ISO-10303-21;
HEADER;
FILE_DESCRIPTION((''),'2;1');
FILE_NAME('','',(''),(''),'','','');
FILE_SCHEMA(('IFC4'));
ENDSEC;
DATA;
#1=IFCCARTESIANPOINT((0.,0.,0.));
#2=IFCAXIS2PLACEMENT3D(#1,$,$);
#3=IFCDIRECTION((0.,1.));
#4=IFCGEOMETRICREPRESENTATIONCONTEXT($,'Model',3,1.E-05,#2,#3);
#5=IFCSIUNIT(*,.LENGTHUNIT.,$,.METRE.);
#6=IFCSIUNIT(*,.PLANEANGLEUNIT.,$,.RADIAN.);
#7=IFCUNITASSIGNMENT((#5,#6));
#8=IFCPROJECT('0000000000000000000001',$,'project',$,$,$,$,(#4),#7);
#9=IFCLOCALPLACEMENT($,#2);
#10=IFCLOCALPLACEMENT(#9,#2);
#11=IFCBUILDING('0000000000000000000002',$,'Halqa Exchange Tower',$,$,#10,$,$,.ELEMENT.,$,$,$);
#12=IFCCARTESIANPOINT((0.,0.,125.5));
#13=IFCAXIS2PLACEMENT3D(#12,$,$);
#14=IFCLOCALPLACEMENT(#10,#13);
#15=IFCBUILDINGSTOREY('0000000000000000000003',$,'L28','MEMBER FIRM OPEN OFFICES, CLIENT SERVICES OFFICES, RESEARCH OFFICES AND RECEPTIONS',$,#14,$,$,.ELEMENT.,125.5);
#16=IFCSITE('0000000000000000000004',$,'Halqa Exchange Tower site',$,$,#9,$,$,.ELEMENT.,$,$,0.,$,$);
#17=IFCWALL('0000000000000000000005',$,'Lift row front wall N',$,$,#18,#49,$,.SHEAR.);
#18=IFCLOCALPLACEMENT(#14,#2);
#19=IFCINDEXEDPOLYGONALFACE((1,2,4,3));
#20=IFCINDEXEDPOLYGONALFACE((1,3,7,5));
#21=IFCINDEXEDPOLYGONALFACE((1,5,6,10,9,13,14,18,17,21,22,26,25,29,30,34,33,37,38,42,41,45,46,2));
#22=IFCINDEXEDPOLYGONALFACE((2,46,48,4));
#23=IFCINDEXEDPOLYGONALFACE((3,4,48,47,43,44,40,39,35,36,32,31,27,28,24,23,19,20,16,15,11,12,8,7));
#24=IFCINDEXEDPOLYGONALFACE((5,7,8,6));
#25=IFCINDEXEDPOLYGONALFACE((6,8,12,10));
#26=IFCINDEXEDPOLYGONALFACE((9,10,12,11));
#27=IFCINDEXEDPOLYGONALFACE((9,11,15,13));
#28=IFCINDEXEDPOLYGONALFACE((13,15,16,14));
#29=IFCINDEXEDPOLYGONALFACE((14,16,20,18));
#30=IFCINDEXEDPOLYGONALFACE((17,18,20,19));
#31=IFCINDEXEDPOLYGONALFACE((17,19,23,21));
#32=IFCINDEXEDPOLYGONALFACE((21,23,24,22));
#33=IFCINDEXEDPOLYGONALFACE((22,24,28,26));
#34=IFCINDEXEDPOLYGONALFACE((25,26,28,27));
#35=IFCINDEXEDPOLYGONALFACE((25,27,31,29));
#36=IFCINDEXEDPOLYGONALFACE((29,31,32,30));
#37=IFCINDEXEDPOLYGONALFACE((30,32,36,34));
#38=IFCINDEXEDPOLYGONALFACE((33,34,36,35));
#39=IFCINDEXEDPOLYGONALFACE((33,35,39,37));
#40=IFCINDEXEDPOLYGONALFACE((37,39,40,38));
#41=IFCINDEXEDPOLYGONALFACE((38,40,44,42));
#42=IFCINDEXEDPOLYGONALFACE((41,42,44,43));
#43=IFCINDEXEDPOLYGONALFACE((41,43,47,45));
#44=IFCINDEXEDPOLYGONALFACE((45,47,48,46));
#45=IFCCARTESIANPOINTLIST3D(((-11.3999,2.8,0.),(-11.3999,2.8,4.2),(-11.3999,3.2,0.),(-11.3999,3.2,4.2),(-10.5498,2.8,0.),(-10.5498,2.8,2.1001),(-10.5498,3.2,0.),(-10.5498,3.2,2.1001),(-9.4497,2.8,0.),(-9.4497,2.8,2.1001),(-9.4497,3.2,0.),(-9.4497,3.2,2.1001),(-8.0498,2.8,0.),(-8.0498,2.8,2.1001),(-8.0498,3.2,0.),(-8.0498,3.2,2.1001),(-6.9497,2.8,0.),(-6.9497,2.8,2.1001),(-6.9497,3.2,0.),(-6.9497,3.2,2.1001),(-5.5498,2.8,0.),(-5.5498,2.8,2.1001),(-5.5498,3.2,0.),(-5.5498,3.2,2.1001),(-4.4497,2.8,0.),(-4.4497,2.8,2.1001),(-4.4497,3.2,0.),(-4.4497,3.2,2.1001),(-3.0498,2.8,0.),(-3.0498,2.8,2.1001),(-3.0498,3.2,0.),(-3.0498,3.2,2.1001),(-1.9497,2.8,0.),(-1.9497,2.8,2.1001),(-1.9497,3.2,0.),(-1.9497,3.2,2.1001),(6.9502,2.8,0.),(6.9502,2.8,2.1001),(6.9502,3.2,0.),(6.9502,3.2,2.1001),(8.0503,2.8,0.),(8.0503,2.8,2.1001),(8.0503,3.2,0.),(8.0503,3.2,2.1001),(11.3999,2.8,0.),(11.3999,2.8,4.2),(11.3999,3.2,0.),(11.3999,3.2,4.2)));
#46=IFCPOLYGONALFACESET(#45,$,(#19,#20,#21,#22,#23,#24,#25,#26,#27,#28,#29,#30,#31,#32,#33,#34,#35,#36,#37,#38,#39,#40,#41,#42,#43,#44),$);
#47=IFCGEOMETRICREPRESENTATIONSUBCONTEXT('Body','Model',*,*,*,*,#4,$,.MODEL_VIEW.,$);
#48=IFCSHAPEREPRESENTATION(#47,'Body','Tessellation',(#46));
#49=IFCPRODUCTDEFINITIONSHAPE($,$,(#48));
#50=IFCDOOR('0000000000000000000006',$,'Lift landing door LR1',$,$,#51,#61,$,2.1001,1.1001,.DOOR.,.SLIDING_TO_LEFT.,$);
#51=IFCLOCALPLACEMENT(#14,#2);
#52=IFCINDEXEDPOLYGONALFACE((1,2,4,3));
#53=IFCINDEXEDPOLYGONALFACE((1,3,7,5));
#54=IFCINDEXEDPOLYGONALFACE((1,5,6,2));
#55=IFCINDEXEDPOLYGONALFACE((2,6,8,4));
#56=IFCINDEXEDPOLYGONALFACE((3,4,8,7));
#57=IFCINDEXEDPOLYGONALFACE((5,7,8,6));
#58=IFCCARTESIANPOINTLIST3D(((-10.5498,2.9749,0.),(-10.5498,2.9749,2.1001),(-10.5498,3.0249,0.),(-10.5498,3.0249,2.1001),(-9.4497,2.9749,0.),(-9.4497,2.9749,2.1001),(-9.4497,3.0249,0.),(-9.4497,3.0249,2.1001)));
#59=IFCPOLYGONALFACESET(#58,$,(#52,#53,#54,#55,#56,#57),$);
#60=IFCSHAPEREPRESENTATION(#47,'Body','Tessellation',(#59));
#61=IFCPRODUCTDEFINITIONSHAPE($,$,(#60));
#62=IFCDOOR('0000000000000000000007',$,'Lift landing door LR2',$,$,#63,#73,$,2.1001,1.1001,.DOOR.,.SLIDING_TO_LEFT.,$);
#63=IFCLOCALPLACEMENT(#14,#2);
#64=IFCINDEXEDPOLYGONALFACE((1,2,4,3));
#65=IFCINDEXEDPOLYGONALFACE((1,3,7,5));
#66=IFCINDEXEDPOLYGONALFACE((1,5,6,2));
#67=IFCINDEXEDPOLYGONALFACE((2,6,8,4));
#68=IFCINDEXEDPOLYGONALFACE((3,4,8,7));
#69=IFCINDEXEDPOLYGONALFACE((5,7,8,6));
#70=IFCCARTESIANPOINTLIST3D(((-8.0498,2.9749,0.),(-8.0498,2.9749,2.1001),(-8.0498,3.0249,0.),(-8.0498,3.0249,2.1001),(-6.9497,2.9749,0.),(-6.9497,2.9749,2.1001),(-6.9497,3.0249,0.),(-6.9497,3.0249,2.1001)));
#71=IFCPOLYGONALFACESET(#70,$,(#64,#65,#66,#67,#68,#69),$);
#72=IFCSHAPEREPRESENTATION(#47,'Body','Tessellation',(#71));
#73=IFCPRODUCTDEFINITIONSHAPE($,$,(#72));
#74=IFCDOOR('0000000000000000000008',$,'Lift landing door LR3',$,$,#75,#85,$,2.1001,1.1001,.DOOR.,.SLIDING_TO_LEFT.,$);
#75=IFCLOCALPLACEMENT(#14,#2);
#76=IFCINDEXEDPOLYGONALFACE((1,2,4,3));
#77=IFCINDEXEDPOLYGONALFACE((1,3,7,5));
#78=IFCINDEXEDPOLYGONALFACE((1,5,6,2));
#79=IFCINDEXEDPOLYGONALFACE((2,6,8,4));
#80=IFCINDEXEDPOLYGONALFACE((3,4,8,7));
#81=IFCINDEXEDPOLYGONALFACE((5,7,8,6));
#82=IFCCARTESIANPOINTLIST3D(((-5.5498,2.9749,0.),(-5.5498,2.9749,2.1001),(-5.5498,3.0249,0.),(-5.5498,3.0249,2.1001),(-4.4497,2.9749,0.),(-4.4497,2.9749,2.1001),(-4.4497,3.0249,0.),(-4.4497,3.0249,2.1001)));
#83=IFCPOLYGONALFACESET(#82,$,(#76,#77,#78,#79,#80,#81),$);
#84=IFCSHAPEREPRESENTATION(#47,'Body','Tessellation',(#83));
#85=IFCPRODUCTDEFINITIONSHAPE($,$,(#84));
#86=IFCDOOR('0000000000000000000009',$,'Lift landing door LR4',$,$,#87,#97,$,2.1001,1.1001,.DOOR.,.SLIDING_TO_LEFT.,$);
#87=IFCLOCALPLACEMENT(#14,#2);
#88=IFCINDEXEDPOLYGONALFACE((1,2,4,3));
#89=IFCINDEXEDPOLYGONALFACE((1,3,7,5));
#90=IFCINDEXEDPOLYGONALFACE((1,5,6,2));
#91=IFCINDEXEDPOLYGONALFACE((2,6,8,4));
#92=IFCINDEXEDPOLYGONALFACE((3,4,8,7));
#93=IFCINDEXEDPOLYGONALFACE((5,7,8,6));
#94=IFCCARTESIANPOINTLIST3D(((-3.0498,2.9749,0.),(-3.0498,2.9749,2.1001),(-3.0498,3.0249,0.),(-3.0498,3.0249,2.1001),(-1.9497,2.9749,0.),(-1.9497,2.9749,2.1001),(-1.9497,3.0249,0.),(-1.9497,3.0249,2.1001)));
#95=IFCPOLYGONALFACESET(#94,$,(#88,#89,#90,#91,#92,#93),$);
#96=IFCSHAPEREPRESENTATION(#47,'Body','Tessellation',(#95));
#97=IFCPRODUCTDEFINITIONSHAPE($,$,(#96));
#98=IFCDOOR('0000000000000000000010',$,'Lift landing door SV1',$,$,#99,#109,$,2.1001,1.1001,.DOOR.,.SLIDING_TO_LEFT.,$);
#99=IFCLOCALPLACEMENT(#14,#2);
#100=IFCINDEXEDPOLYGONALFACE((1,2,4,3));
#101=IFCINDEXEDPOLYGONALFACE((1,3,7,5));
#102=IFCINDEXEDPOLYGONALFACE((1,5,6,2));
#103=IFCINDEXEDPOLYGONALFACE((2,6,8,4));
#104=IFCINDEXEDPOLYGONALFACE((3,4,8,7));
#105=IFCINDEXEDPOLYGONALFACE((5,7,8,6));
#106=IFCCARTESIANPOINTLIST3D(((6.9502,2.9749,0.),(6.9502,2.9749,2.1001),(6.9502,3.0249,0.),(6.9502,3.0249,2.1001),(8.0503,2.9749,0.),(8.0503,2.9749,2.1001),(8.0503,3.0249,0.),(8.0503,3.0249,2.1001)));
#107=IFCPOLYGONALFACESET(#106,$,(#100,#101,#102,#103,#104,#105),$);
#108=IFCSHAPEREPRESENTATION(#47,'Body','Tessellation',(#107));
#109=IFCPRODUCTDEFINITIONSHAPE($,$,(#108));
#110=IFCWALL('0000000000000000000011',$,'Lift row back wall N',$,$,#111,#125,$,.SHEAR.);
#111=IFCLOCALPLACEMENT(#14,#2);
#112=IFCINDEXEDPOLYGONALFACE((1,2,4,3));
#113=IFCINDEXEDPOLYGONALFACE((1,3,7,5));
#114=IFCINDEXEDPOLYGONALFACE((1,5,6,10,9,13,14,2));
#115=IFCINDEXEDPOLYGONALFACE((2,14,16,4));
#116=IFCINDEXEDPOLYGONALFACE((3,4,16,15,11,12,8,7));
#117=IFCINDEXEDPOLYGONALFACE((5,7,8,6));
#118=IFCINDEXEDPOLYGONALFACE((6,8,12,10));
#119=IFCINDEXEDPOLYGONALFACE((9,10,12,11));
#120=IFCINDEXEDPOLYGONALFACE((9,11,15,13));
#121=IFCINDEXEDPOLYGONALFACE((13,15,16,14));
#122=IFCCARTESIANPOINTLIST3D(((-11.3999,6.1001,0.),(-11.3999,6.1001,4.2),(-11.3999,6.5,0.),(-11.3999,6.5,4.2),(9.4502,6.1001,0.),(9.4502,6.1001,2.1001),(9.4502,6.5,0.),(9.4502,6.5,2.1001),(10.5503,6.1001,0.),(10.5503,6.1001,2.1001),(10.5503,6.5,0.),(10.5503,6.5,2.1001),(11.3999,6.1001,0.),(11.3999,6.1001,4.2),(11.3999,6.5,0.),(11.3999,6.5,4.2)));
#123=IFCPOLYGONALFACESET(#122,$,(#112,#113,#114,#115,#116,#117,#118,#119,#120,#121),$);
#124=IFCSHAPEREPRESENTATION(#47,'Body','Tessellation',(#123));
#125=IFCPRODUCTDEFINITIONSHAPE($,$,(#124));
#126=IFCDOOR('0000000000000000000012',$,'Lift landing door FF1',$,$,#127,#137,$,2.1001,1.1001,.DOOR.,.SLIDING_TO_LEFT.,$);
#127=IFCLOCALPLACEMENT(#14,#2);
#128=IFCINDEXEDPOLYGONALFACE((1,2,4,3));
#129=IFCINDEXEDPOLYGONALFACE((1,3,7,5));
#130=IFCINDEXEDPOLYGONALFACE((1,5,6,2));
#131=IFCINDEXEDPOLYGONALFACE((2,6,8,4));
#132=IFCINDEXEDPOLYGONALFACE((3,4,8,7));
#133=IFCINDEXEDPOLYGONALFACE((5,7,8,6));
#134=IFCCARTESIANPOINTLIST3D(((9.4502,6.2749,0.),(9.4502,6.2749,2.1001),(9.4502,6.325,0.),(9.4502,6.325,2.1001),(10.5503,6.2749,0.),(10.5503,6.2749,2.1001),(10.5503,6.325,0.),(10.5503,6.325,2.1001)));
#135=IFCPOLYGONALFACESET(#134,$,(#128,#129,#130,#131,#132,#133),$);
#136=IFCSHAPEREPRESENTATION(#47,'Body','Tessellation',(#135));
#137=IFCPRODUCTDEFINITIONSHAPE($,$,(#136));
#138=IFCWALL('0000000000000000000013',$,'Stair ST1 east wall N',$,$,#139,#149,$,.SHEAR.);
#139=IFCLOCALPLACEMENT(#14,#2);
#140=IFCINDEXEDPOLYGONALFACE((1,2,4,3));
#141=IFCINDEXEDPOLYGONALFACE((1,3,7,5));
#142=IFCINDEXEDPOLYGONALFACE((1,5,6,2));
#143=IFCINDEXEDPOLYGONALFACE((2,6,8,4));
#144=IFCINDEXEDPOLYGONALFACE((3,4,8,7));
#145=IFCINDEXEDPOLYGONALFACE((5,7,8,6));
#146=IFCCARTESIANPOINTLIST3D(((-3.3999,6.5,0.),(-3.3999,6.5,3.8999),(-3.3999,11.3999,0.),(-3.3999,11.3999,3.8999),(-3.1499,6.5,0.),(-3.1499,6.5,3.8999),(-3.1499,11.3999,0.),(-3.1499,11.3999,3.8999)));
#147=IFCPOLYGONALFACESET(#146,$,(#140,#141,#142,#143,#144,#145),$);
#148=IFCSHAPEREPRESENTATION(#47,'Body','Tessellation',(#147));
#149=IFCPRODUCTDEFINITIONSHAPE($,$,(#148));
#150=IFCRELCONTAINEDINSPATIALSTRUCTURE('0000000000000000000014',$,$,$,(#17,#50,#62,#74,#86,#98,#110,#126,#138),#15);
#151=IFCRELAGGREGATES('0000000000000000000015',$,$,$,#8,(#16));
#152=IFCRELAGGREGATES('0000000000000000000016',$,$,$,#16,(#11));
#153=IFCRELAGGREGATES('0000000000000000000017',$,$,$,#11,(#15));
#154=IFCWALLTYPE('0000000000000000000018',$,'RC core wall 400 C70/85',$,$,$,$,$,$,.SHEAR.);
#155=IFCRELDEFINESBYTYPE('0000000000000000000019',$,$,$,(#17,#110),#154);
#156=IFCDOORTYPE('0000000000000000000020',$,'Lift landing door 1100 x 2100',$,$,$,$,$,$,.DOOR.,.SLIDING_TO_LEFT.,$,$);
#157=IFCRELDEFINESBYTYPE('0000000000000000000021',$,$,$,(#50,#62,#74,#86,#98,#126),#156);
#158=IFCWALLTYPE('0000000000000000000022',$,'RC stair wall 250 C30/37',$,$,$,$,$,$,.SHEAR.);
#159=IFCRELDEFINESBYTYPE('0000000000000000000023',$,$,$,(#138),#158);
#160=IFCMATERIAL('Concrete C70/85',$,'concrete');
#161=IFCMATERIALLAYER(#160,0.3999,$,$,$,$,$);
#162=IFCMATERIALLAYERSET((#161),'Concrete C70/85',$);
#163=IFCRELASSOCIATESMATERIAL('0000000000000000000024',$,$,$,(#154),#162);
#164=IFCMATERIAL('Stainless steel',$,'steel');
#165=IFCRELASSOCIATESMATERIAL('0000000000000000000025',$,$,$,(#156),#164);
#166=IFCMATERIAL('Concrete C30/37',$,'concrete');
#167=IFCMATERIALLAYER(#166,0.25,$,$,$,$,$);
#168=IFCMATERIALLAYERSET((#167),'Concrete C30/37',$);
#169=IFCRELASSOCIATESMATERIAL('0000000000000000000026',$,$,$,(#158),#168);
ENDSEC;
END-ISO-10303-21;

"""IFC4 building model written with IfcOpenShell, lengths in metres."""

from ifc_helpers import new_model, si_unit, direction, frame, frame_2d, origin, place, context, subcontext, project, spatial, rectangle, extrude, material, layer, layer_set, type_object, element, fill, save


model = new_model("IFC4")

# Units and contexts
model_context = context("Model", 3, precision=1e-05, world=origin(), true_north=direction((0.0, 1.0)))
body_context = subcontext(model_context, "Body", "Model", "MODEL_VIEW")
ifc_project = project(units=[si_unit("LENGTHUNIT", "METRE"), si_unit("PLANEANGLEUNIT", "RADIAN")], contexts=[model_context])

# Site, building, storey
site_placement = place(None, origin())
site = spatial("IfcSite", under=ifc_project, at=site_placement, Name="Halqa Exchange Tower site", CompositionType="ELEMENT", RefElevation=0.0)
building_placement = place(site_placement, origin())
building = spatial("IfcBuilding", under=site, at=building_placement, Name="Halqa Exchange Tower", CompositionType="ELEMENT")
storey_placement = place(building_placement, frame((0.0, 0.0, 125.5)))
storey = spatial("IfcBuildingStorey", under=building, at=storey_placement, Name="L28", Description="MEMBER FIRM OPEN OFFICES, CLIENT SERVICES OFFICES, RESEARCH OFFICES AND RECEPTIONS", CompositionType="ELEMENT", Elevation=125.5)

# Wall, openings, doors
ifc_material_1 = material(Name="Concrete C70/85", Category="concrete")
ifc_layer_1 = layer(ifc_material_1, 0.3999)
ifc_layer_set_1 = layer_set([ifc_layer_1], Name="Concrete C70/85")
wall_type_1 = type_object("IfcWallType", Name="RC core wall 400 C70/85", PredefinedType="SHEAR", material=ifc_layer_set_1)
wall_1_placement = place(storey_placement, frame((-11.3999, 3.0, 0.0), z_axis=(0.0, 0.0, 1.0), x_axis=(1.0, 0.0, 0.0)))
wall_1 = element("IfcWall", 1, at=wall_1_placement, inside=storey, type_object=wall_type_1, Name="Lift row front wall N", PredefinedType="SHEAR", context=body_context, shape_type="SweptSolid", body=[
    extrude(rectangle(XDim=22.7998, YDim=0.3999, at=frame_2d((11.3999, 0.0))), origin(), (0.0, 0.0, 1.0), 4.2),
])
opening_1_placement = place(wall_1_placement, frame((0.8501, 0.0, 0.0)))
opening_1 = element("IfcOpeningElement", 2, at=opening_1_placement, cuts=wall_1, PredefinedType="OPENING", context=body_context, shape_type="SweptSolid", body=[
    extrude(rectangle(XDim=1.1001, YDim=2.1001, at=frame_2d((0.55, 1.05))), frame((0.0, 0.2119, 0.0), z_axis=(0.0, -1.0, 0.0), x_axis=(1.0, 0.0, 0.0)), (0.0, 0.0, 1.0), 0.4238),
])
opening_2_placement = place(wall_1_placement, frame((3.3501, 0.0, 0.0)))
opening_2 = element("IfcOpeningElement", 3, at=opening_2_placement, cuts=wall_1, PredefinedType="OPENING", context=body_context, shape_type="SweptSolid", body=[
    extrude(rectangle(XDim=1.1001, YDim=2.1001, at=frame_2d((0.55, 1.05))), frame((0.0, 0.2119, 0.0), z_axis=(0.0, -1.0, 0.0), x_axis=(1.0, 0.0, 0.0)), (0.0, 0.0, 1.0), 0.4238),
])
opening_3_placement = place(wall_1_placement, frame((5.8501, 0.0, 0.0)))
opening_3 = element("IfcOpeningElement", 4, at=opening_3_placement, cuts=wall_1, PredefinedType="OPENING", context=body_context, shape_type="SweptSolid", body=[
    extrude(rectangle(XDim=1.1001, YDim=2.1001, at=frame_2d((0.55, 1.05))), frame((0.0, 0.2119, 0.0), z_axis=(0.0, -1.0, 0.0), x_axis=(1.0, 0.0, 0.0)), (0.0, 0.0, 1.0), 0.4238),
])
opening_4_placement = place(wall_1_placement, frame((8.3501, 0.0, 0.0)))
opening_4 = element("IfcOpeningElement", 5, at=opening_4_placement, cuts=wall_1, PredefinedType="OPENING", context=body_context, shape_type="SweptSolid", body=[
    extrude(rectangle(XDim=1.1001, YDim=2.1001, at=frame_2d((0.55, 1.05))), frame((0.0, 0.2119, 0.0), z_axis=(0.0, -1.0, 0.0), x_axis=(1.0, 0.0, 0.0)), (0.0, 0.0, 1.0), 0.4238),
])
opening_5_placement = place(wall_1_placement, frame((18.3501, 0.0, 0.0)))
opening_5 = element("IfcOpeningElement", 6, at=opening_5_placement, cuts=wall_1, PredefinedType="OPENING", context=body_context, shape_type="SweptSolid", body=[
    extrude(rectangle(XDim=1.1001, YDim=2.1001, at=frame_2d((0.55, 1.05))), frame((0.0, 0.2119, 0.0), z_axis=(0.0, -1.0, 0.0), x_axis=(1.0, 0.0, 0.0)), (0.0, 0.0, 1.0), 0.4238),
])
ifc_material_2 = material(Name="Stainless steel", Category="steel")
door_type = type_object("IfcDoorType", Name="Lift landing door 1100 x 2100", OperationType="SLIDING_TO_LEFT", PredefinedType="DOOR", material=ifc_material_2)
door_1_placement = place(opening_1_placement, origin())
door_1 = element("IfcDoor", 7, at=door_1_placement, inside=storey, type_object=door_type, Name="Lift landing door LR1", OperationType="SLIDING_TO_LEFT", OverallHeight=2.1001, OverallWidth=1.1001, PredefinedType="DOOR", context=body_context, shape_type="SweptSolid", body=[
    extrude(rectangle(XDim=1.1001, YDim=2.1001, at=frame_2d((0.55, 1.05))), frame((0.0, 0.0249, 0.0), z_axis=(0.0, -1.0, 0.0), x_axis=(1.0, 0.0, 0.0)), (0.0, 0.0, 1.0), 0.05),
])
fill(opening_1, door_1)
door_2_placement = place(opening_2_placement, origin())
door_2 = element("IfcDoor", 8, at=door_2_placement, inside=storey, type_object=door_type, Name="Lift landing door LR2", OperationType="SLIDING_TO_LEFT", OverallHeight=2.1001, OverallWidth=1.1001, PredefinedType="DOOR", context=body_context, shape_type="SweptSolid", body=[
    extrude(rectangle(XDim=1.1001, YDim=2.1001, at=frame_2d((0.55, 1.05))), frame((0.0, 0.0249, 0.0), z_axis=(0.0, -1.0, 0.0), x_axis=(1.0, 0.0, 0.0)), (0.0, 0.0, 1.0), 0.05),
])
fill(opening_2, door_2)
door_3_placement = place(opening_3_placement, origin())
door_3 = element("IfcDoor", 9, at=door_3_placement, inside=storey, type_object=door_type, Name="Lift landing door LR3", OperationType="SLIDING_TO_LEFT", OverallHeight=2.1001, OverallWidth=1.1001, PredefinedType="DOOR", context=body_context, shape_type="SweptSolid", body=[
    extrude(rectangle(XDim=1.1001, YDim=2.1001, at=frame_2d((0.55, 1.05))), frame((0.0, 0.0249, 0.0), z_axis=(0.0, -1.0, 0.0), x_axis=(1.0, 0.0, 0.0)), (0.0, 0.0, 1.0), 0.05),
])
fill(opening_3, door_3)
door_4_placement = place(opening_4_placement, origin())
door_4 = element("IfcDoor", 10, at=door_4_placement, inside=storey, type_object=door_type, Name="Lift landing door LR4", OperationType="SLIDING_TO_LEFT", OverallHeight=2.1001, OverallWidth=1.1001, PredefinedType="DOOR", context=body_context, shape_type="SweptSolid", body=[
    extrude(rectangle(XDim=1.1001, YDim=2.1001, at=frame_2d((0.55, 1.05))), frame((0.0, 0.0249, 0.0), z_axis=(0.0, -1.0, 0.0), x_axis=(1.0, 0.0, 0.0)), (0.0, 0.0, 1.0), 0.05),
])
fill(opening_4, door_4)
door_5_placement = place(opening_5_placement, origin())
door_5 = element("IfcDoor", 11, at=door_5_placement, inside=storey, type_object=door_type, Name="Lift landing door SV1", OperationType="SLIDING_TO_LEFT", OverallHeight=2.1001, OverallWidth=1.1001, PredefinedType="DOOR", context=body_context, shape_type="SweptSolid", body=[
    extrude(rectangle(XDim=1.1001, YDim=2.1001, at=frame_2d((0.55, 1.05))), frame((0.0, 0.0249, 0.0), z_axis=(0.0, -1.0, 0.0), x_axis=(1.0, 0.0, 0.0)), (0.0, 0.0, 1.0), 0.05),
])
fill(opening_5, door_5)

# Wall, opening, door
wall_2_placement = place(storey_placement, frame((-11.3999, 6.3, 0.0), z_axis=(0.0, 0.0, 1.0), x_axis=(1.0, 0.0, 0.0)))
wall_2 = element("IfcWall", 12, at=wall_2_placement, inside=storey, type_object=wall_type_1, Name="Lift row back wall N", PredefinedType="SHEAR", context=body_context, shape_type="SweptSolid", body=[
    extrude(rectangle(XDim=22.7998, YDim=0.3999, at=frame_2d((11.3999, 0.0))), origin(), (0.0, 0.0, 1.0), 4.2),
])
opening_6_placement = place(wall_2_placement, frame((20.8501, 0.0, 0.0)))
opening_6 = element("IfcOpeningElement", 13, at=opening_6_placement, cuts=wall_2, PredefinedType="OPENING", context=body_context, shape_type="SweptSolid", body=[
    extrude(rectangle(XDim=1.1001, YDim=2.1001, at=frame_2d((0.55, 1.05))), frame((0.0, 0.2119, 0.0), z_axis=(0.0, -1.0, 0.0), x_axis=(1.0, 0.0, 0.0)), (0.0, 0.0, 1.0), 0.4238),
])
door_6_placement = place(opening_6_placement, origin())
door_6 = element("IfcDoor", 14, at=door_6_placement, inside=storey, type_object=door_type, Name="Lift landing door FF1", OperationType="SLIDING_TO_LEFT", OverallHeight=2.1001, OverallWidth=1.1001, PredefinedType="DOOR", context=body_context, shape_type="SweptSolid", body=[
    extrude(rectangle(XDim=1.1001, YDim=2.1001, at=frame_2d((0.55, 1.05))), frame((0.0, 0.0249, 0.0), z_axis=(0.0, -1.0, 0.0), x_axis=(1.0, 0.0, 0.0)), (0.0, 0.0, 1.0), 0.05),
])
fill(opening_6, door_6)

# Wall
ifc_material_3 = material(Name="Concrete C30/37", Category="concrete")
ifc_layer_2 = layer(ifc_material_3, 0.25)
ifc_layer_set_2 = layer_set([ifc_layer_2], Name="Concrete C30/37")
wall_type_2 = type_object("IfcWallType", Name="RC stair wall 250 C30/37", PredefinedType="SHEAR", material=ifc_layer_set_2)
wall_3_placement = place(storey_placement, frame((-3.2749, 6.5, 0.0), z_axis=(0.0, 0.0, 1.0), x_axis=(0.0, 1.0, 0.0)))
element("IfcWall", 15, at=wall_3_placement, inside=storey, type_object=wall_type_2, Name="Stair ST1 east wall N", PredefinedType="SHEAR", context=body_context, shape_type="SweptSolid", body=[
    extrude(rectangle(XDim=4.8999, YDim=0.25, at=frame_2d((2.45, 0.0))), origin(), (0.0, 0.0, 1.0), 3.8999),
])

save(model, "model.ifc")
